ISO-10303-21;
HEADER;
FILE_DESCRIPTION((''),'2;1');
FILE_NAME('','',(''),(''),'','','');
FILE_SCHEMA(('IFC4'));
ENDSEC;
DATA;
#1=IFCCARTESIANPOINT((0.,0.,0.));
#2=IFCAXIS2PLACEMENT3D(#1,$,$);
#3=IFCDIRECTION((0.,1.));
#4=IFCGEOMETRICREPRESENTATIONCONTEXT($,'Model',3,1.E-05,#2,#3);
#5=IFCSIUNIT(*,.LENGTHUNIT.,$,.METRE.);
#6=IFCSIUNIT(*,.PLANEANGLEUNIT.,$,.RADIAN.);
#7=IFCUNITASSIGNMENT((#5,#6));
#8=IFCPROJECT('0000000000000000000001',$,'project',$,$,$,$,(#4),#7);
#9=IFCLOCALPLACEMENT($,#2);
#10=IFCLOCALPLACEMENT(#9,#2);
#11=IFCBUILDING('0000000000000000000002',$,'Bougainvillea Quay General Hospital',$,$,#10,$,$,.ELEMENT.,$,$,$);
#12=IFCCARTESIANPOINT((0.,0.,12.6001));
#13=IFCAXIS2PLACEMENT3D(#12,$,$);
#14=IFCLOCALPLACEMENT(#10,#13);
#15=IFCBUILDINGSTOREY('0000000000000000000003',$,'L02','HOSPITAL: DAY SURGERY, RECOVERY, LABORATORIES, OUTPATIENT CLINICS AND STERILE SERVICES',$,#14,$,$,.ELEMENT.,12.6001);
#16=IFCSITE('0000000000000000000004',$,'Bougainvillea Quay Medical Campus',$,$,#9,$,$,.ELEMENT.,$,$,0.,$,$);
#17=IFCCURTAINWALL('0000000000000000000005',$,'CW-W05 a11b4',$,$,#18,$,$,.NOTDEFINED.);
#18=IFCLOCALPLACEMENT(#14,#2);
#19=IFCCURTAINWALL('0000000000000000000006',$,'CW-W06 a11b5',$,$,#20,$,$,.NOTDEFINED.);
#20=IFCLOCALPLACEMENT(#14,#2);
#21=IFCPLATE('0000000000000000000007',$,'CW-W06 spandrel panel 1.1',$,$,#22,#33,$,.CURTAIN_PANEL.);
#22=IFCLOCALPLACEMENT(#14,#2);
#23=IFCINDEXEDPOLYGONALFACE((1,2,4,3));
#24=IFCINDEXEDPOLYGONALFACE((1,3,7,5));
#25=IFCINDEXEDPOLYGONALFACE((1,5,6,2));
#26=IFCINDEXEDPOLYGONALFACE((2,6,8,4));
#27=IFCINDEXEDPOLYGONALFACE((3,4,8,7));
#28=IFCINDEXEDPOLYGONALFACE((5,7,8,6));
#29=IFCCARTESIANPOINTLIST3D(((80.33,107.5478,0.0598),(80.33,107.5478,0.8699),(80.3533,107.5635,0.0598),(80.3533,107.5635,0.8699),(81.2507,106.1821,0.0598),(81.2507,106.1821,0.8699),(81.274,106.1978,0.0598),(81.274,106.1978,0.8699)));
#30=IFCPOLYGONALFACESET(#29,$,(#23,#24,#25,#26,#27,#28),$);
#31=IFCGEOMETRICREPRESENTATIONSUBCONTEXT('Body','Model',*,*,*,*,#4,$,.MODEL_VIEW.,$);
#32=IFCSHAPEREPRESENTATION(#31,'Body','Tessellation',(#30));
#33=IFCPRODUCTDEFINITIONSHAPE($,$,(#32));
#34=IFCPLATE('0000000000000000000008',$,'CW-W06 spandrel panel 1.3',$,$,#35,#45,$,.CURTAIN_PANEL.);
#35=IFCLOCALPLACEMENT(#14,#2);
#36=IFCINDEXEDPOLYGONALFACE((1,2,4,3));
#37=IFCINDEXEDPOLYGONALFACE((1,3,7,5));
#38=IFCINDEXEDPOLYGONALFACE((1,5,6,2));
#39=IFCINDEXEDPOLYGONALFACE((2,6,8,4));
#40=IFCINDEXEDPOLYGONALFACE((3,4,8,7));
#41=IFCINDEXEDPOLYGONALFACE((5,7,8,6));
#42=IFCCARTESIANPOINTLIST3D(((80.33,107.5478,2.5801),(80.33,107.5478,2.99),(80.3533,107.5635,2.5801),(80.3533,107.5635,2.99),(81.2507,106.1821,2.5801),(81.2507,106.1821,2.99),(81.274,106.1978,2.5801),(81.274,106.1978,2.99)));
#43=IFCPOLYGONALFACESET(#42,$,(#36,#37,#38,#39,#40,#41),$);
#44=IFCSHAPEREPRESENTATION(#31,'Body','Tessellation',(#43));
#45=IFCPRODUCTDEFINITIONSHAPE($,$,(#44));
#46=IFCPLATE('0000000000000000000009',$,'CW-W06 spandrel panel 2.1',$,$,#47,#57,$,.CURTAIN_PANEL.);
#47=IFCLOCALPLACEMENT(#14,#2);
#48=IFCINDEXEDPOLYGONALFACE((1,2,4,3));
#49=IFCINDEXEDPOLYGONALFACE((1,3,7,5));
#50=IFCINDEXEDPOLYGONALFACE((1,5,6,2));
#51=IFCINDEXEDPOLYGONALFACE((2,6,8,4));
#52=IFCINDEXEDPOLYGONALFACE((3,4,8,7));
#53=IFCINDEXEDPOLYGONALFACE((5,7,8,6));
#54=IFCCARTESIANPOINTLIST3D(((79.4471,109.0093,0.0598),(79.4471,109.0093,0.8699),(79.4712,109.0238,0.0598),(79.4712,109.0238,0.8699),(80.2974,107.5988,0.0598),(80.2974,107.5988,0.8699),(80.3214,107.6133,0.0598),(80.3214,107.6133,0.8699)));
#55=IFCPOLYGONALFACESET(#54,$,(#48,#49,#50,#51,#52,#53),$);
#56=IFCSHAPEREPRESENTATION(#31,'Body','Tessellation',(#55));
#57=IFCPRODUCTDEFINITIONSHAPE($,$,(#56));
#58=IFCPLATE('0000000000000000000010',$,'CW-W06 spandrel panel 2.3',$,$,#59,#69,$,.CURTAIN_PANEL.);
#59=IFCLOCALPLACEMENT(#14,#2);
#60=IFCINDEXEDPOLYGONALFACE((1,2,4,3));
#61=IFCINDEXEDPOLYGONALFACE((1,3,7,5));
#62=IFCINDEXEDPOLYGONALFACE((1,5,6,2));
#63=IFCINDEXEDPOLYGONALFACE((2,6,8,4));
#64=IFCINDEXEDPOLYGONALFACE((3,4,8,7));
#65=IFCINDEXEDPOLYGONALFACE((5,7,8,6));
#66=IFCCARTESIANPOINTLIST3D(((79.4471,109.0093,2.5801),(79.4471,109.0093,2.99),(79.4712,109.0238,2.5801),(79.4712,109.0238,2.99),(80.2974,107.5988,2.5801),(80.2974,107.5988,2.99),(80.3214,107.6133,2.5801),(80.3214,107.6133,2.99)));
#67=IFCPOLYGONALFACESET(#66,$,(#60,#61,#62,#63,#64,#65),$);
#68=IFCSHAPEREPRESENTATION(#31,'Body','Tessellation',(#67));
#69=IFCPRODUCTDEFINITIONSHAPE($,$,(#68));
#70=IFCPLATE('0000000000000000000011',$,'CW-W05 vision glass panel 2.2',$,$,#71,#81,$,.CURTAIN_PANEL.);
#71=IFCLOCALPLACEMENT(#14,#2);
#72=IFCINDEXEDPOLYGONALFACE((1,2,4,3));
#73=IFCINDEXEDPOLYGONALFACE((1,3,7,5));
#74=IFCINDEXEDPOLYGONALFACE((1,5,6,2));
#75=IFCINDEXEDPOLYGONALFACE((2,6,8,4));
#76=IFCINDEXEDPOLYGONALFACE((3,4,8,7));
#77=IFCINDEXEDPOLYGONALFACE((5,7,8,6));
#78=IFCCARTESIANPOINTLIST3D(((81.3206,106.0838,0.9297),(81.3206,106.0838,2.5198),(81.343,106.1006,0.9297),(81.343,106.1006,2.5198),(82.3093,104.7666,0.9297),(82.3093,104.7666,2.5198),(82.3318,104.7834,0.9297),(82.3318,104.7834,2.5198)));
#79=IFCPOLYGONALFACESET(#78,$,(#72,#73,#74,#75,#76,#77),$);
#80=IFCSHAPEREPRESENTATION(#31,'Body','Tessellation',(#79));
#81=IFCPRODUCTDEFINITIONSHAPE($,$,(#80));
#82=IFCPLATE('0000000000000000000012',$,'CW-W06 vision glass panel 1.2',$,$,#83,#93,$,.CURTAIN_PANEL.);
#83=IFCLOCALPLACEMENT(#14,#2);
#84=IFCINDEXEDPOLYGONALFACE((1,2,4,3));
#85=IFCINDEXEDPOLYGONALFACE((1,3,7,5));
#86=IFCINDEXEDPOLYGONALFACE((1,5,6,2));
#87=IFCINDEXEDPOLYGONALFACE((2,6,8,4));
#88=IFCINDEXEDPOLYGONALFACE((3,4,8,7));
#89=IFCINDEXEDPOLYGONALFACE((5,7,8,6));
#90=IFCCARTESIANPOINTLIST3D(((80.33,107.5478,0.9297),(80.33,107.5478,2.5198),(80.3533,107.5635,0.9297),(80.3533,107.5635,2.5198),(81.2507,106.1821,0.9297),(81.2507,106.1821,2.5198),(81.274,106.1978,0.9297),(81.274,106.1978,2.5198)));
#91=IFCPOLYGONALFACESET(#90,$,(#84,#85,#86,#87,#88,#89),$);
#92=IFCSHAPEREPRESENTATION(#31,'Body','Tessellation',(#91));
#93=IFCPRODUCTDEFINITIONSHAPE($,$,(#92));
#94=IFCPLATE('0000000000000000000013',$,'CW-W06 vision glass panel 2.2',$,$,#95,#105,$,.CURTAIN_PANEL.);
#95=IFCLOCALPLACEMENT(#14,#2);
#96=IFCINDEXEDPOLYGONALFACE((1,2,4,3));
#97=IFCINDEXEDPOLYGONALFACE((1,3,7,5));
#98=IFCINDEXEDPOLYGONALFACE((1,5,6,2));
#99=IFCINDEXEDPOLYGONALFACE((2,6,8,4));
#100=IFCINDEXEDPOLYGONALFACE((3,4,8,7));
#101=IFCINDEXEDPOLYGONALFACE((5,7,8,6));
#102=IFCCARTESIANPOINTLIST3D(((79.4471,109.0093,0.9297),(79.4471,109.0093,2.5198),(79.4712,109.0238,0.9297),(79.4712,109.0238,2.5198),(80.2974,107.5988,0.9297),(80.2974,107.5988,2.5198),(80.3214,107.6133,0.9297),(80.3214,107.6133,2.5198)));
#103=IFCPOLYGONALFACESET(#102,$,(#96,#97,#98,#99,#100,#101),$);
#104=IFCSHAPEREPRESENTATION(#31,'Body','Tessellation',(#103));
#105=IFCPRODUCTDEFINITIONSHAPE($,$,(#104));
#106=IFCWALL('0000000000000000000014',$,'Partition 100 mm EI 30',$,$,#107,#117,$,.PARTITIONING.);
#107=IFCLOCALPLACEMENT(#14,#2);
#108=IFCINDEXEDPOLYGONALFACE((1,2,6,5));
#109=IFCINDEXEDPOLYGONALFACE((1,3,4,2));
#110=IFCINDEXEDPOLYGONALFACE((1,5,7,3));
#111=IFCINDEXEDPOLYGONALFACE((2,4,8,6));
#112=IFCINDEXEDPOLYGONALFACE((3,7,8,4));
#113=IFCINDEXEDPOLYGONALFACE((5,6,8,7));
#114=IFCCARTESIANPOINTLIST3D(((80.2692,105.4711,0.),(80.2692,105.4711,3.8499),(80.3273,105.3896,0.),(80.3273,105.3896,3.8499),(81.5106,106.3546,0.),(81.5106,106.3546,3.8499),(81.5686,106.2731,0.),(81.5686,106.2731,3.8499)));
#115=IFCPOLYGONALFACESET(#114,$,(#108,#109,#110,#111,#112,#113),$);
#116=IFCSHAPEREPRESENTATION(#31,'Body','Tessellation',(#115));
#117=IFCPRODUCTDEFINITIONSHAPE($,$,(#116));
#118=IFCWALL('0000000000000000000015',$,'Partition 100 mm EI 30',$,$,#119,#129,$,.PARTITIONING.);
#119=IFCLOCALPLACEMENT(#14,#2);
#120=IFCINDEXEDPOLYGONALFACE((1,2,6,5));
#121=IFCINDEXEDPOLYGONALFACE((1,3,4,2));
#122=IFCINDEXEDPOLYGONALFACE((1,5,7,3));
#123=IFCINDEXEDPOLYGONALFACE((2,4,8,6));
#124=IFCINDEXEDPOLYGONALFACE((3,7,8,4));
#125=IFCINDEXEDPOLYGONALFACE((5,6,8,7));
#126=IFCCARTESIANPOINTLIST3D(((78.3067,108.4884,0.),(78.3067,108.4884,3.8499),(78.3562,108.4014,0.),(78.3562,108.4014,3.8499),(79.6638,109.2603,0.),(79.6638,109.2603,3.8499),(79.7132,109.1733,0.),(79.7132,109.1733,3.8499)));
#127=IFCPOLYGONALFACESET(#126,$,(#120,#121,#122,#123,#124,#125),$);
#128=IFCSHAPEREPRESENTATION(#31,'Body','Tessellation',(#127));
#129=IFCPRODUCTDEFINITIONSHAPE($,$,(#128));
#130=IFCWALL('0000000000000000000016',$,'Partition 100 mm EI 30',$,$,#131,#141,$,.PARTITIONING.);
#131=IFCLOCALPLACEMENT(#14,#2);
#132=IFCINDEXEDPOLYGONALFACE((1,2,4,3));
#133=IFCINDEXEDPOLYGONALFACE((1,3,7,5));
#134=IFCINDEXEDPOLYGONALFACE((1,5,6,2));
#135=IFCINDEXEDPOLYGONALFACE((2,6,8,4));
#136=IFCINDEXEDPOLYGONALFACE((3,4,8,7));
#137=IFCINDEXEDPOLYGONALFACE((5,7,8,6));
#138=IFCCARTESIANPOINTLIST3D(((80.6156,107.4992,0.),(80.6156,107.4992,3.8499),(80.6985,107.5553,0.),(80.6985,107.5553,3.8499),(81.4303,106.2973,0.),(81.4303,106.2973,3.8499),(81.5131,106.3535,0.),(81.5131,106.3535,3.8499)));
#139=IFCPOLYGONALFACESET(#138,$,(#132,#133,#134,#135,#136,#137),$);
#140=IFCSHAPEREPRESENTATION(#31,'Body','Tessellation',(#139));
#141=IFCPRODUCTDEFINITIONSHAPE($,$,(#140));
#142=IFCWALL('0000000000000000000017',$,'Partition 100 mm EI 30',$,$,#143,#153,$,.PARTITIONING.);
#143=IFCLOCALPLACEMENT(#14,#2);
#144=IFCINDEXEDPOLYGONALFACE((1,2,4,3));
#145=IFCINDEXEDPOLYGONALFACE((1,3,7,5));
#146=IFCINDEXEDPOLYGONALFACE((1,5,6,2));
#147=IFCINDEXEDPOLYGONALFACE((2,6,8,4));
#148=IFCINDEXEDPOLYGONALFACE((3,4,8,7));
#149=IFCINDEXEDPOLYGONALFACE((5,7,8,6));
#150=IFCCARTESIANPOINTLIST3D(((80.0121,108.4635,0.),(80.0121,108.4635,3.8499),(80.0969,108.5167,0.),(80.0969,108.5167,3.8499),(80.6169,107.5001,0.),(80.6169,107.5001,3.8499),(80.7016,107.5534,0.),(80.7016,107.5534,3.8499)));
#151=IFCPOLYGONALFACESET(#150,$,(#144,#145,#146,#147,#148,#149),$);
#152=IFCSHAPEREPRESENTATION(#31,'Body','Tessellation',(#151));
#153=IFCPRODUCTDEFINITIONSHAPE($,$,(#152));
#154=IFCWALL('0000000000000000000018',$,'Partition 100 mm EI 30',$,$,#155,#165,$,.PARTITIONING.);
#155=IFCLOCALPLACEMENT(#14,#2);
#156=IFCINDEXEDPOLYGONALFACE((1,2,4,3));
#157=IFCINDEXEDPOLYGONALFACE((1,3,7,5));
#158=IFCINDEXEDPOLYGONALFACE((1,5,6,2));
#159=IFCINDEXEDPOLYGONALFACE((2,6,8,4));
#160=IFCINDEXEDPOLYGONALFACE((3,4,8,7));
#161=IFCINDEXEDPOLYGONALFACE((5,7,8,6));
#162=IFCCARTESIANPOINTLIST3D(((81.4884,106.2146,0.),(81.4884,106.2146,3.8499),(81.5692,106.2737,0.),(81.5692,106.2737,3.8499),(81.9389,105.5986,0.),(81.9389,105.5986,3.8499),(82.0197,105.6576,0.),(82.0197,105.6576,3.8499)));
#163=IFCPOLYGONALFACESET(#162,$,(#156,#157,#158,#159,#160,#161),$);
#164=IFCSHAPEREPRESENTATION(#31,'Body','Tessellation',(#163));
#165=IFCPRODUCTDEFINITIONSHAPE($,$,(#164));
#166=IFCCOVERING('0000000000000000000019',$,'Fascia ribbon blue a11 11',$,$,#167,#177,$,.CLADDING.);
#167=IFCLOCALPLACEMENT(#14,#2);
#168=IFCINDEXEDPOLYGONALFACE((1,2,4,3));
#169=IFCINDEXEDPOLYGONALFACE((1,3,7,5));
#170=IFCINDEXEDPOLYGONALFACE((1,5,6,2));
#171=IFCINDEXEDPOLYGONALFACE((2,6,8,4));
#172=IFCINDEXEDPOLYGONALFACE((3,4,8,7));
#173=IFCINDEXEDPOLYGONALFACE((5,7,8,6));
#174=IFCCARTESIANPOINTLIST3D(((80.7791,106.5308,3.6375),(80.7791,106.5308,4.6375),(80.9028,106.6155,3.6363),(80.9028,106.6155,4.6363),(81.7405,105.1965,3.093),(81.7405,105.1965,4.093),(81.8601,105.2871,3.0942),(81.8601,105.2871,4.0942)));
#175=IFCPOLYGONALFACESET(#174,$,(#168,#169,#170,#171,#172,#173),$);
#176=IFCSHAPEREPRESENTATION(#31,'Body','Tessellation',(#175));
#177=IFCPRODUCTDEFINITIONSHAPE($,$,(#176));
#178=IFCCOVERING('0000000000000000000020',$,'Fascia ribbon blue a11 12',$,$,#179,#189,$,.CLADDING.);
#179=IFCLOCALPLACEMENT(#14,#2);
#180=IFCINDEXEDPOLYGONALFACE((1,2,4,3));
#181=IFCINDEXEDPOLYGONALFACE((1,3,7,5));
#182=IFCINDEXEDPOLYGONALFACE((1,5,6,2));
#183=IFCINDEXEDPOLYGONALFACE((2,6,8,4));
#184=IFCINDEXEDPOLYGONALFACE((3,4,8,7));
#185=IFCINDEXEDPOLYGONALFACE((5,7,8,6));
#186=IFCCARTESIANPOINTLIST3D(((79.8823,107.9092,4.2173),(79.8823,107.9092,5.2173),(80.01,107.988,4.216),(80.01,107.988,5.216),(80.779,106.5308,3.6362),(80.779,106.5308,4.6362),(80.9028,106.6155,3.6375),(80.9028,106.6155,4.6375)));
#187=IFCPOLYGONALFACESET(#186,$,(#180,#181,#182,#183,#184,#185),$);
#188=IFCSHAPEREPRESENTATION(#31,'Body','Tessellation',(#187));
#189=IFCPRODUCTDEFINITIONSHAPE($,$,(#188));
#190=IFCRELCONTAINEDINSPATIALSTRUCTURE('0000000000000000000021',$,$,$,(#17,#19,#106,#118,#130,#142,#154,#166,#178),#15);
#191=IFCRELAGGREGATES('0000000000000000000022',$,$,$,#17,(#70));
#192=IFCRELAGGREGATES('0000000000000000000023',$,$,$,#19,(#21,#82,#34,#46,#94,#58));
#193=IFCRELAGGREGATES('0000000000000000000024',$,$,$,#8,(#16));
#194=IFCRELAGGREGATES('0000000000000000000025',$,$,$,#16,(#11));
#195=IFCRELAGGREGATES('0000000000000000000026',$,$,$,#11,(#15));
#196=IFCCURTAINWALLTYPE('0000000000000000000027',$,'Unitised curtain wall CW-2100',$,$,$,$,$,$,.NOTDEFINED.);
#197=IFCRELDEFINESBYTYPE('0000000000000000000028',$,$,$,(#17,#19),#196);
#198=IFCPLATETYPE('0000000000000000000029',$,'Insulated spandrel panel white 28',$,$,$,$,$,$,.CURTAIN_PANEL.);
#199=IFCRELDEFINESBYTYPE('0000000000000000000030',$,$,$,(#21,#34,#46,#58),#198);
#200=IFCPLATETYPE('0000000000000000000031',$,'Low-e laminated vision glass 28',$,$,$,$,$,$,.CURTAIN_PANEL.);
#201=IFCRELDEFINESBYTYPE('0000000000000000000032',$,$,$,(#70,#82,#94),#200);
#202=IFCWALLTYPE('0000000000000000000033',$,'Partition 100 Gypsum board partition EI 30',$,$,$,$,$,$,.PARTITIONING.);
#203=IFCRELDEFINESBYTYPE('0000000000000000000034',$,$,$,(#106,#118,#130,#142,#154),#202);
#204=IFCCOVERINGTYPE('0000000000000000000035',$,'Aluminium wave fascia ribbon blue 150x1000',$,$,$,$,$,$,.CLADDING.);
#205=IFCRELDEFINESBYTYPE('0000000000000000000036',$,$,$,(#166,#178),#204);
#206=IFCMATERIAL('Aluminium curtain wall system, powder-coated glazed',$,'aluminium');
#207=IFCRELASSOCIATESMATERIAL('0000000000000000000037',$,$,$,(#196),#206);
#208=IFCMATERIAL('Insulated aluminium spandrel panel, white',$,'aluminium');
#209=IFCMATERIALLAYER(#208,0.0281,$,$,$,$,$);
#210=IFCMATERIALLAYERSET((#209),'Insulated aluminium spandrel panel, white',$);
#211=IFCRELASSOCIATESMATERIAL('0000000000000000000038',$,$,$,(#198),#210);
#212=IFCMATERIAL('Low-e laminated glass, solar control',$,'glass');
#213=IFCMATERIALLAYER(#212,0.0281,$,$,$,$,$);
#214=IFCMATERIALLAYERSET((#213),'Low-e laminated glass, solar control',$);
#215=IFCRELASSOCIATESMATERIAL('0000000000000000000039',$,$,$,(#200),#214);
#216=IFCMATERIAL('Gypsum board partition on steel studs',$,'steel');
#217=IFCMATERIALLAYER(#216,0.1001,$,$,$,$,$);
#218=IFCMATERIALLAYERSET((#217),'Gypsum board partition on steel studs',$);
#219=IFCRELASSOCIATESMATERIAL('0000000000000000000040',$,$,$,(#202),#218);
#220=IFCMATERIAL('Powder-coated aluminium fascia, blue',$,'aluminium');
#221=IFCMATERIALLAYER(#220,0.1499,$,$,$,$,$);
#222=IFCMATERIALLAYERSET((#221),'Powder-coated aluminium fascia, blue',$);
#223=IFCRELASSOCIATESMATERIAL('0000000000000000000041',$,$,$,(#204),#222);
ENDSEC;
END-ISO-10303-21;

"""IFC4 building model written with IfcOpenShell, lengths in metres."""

from ifc_helpers import new_model, si_unit, direction, frame, frame_2d, origin, origin_2d, place, context, subcontext, project, spatial, polyline, rectangle, outline, extrude, material, layer, layer_set, type_object, element, aggregate, save


model = new_model("IFC4")

# Units and contexts
model_context = context("Model", 3, precision=1e-05, world=origin(), true_north=direction((0.0, 1.0)))
body_context = subcontext(model_context, "Body", "Model", "MODEL_VIEW")
ifc_project = project(units=[si_unit("LENGTHUNIT", "METRE"), si_unit("PLANEANGLEUNIT", "RADIAN")], contexts=[model_context])

# Site, building, storey
site_placement = place(None, origin())
site = spatial("IfcSite", under=ifc_project, at=site_placement, Name="Bougainvillea Quay Medical Campus", CompositionType="ELEMENT", RefElevation=0.0)
building_placement = place(site_placement, origin())
building = spatial("IfcBuilding", under=site, at=building_placement, Name="Bougainvillea Quay General Hospital", CompositionType="ELEMENT")
storey_placement = place(building_placement, frame((0.0, 0.0, 12.6001)))
storey = spatial("IfcBuildingStorey", under=building, at=storey_placement, Name="L02", Description="HOSPITAL: DAY SURGERY, RECOVERY, LABORATORIES, OUTPATIENT CLINICS AND STERILE SERVICES", CompositionType="ELEMENT", Elevation=12.6001)

# Curtain wall
ifc_material_1 = material(Name="Aluminium curtain wall system, powder-coated glazed", Category="aluminium")
curtain_wall_type = type_object("IfcCurtainWallType", Name="Unitised curtain wall CW-2100", PredefinedType="NOTDEFINED", material=ifc_material_1)
curtain_wall_1_placement = place(storey_placement, origin())
curtain_wall_1 = element("IfcCurtainWall", 1, at=curtain_wall_1_placement, inside=storey, type_object=curtain_wall_type, Name="CW-W05 a11b4", PredefinedType="NOTDEFINED")

# Curtain wall
curtain_wall_2_placement = place(storey_placement, origin())
curtain_wall_2 = element("IfcCurtainWall", 2, at=curtain_wall_2_placement, inside=storey, type_object=curtain_wall_type, Name="CW-W06 a11b5", PredefinedType="NOTDEFINED")

# Plates
ifc_material_2 = material(Name="Insulated aluminium spandrel panel, white", Category="aluminium")
ifc_layer_1 = layer(ifc_material_2, 0.0281)
ifc_layer_set_1 = layer_set([ifc_layer_1], Name="Insulated aluminium spandrel panel, white")
plate_type_1 = type_object("IfcPlateType", Name="Insulated spandrel panel white 28", PredefinedType="CURTAIN_PANEL", material=ifc_layer_set_1)
plate_1_placement = place(storey_placement, frame((80.802, 106.8728, 0.0598), z_axis=(0.0, 0.0, 1.0), x_axis=(-0.559005, 0.829164, 0.0)))
plate_1 = element("IfcPlate", 3, at=plate_1_placement, type_object=plate_type_1, Name="CW-W06 spandrel panel 1.1", PredefinedType="CURTAIN_PANEL", context=body_context, shape_type="SweptSolid", body=[
    extrude(rectangle(XDim=1.647, YDim=0.0281, at=origin_2d()), origin(), (0.0, 0.0, 1.0), 0.8101),
])
plate_2_placement = place(storey_placement, frame((80.802, 106.8728, 2.5801), z_axis=(0.0, 0.0, 1.0), x_axis=(-0.559005, 0.829164, 0.0)))
plate_2 = element("IfcPlate", 4, at=plate_2_placement, type_object=plate_type_1, Name="CW-W06 spandrel panel 1.3", PredefinedType="CURTAIN_PANEL", context=body_context, shape_type="SweptSolid", body=[
    extrude(rectangle(XDim=1.647, YDim=0.0281, at=origin_2d()), origin(), (0.0, 0.0, 1.0), 0.4099),
])
plate_3_placement = place(storey_placement, frame((79.8843, 108.3113, 0.0598), z_axis=(0.0, 0.0, 1.0), x_axis=(-0.516249, 0.856438, 0.0)))
plate_3 = element("IfcPlate", 5, at=plate_3_placement, type_object=plate_type_1, Name="CW-W06 spandrel panel 2.1", PredefinedType="CURTAIN_PANEL", context=body_context, shape_type="SweptSolid", body=[
    extrude(rectangle(XDim=1.647, YDim=0.0281, at=origin_2d()), origin(), (0.0, 0.0, 1.0), 0.8101),
])
plate_4_placement = place(storey_placement, frame((79.8843, 108.3113, 2.5801), z_axis=(0.0, 0.0, 1.0), x_axis=(-0.516249, 0.856438, 0.0)))
plate_4 = element("IfcPlate", 6, at=plate_4_placement, type_object=plate_type_1, Name="CW-W06 spandrel panel 2.3", PredefinedType="CURTAIN_PANEL", context=body_context, shape_type="SweptSolid", body=[
    extrude(rectangle(XDim=1.647, YDim=0.0281, at=origin_2d()), origin(), (0.0, 0.0, 1.0), 0.4099),
])
ifc_material_3 = material(Name="Low-e laminated glass, solar control", Category="glass")
ifc_layer_2 = layer(ifc_material_3, 0.0281)
ifc_layer_set_2 = layer_set([ifc_layer_2], Name="Low-e laminated glass, solar control")
plate_type_2 = type_object("IfcPlateType", Name="Low-e laminated vision glass 28", PredefinedType="CURTAIN_PANEL", material=ifc_layer_set_2)
plate_5_placement = place(storey_placement, frame((81.8262, 105.4336, 0.9297), z_axis=(0.0, 0.0, 1.0), x_axis=(-0.600323, 0.799758, 0.0)))
plate_5 = element("IfcPlate", 7, at=plate_5_placement, type_object=plate_type_2, Name="CW-W05 vision glass panel 2.2", PredefinedType="CURTAIN_PANEL", context=body_context, shape_type="SweptSolid", body=[
    extrude(rectangle(XDim=1.647, YDim=0.0281, at=origin_2d()), origin(), (0.0, 0.0, 1.0), 1.5901),
])
aggregate(curtain_wall_1, [plate_5])
plate_6_placement = place(storey_placement, frame((80.802, 106.8728, 0.9297), z_axis=(0.0, 0.0, 1.0), x_axis=(-0.559005, 0.829164, 0.0)))
plate_6 = element("IfcPlate", 8, at=plate_6_placement, type_object=plate_type_2, Name="CW-W06 vision glass panel 1.2", PredefinedType="CURTAIN_PANEL", context=body_context, shape_type="SweptSolid", body=[
    extrude(rectangle(XDim=1.647, YDim=0.0281, at=origin_2d()), origin(), (0.0, 0.0, 1.0), 1.5901),
])
plate_7_placement = place(storey_placement, frame((79.8843, 108.3113, 0.9297), z_axis=(0.0, 0.0, 1.0), x_axis=(-0.516249, 0.856438, 0.0)))
plate_7 = element("IfcPlate", 9, at=plate_7_placement, type_object=plate_type_2, Name="CW-W06 vision glass panel 2.2", PredefinedType="CURTAIN_PANEL", context=body_context, shape_type="SweptSolid", body=[
    extrude(rectangle(XDim=1.647, YDim=0.0281, at=origin_2d()), origin(), (0.0, 0.0, 1.0), 1.5901),
])
aggregate(curtain_wall_2, [plate_1, plate_6, plate_2, plate_3, plate_7, plate_4])

# Walls
ifc_material_4 = material(Name="Gypsum board partition on steel studs", Category="steel")
ifc_layer_3 = layer(ifc_material_4, 0.1001)
ifc_layer_set_3 = layer_set([ifc_layer_3], Name="Gypsum board partition on steel studs")
wall_type = type_object("IfcWallType", Name="Partition 100 Gypsum board partition EI 30", PredefinedType="PARTITIONING", material=ifc_layer_set_3)
wall_1_placement = place(storey_placement, frame((80.2983, 105.4304, 0.0), z_axis=(0.0, 0.0, 1.0), x_axis=(0.814728, 0.579843, 0.0)))
element("IfcWall", 10, at=wall_1_placement, inside=storey, type_object=wall_type, Name="Partition 100 mm EI 30", PredefinedType="PARTITIONING", context=body_context, shape_type="SweptSolid", body=[
    extrude(rectangle(XDim=1.5237, YDim=0.1001, at=frame_2d((0.7617, 0.0))), origin(), (0.0, 0.0, 1.0), 3.8499),
])
wall_2_placement = place(storey_placement, frame((78.3313, 108.4448, 0.0), z_axis=(0.0, 0.0, 1.0), x_axis=(0.869223, 0.49442, 0.0)))
element("IfcWall", 11, at=wall_2_placement, inside=storey, type_object=wall_type, Name="Partition 100 mm EI 30", PredefinedType="PARTITIONING", context=body_context, shape_type="SweptSolid", body=[
    extrude(rectangle(XDim=1.5613, YDim=0.1001, at=frame_2d((0.7808, 0.0))), origin(), (0.0, 0.0, 1.0), 3.8499),
])
wall_3_placement = place(storey_placement, frame((80.657, 107.5273, 0.0), z_axis=(0.0, 0.0, 1.0), x_axis=(0.561086, -0.827757, 0.0)))
element("IfcWall", 12, at=wall_3_placement, inside=storey, type_object=wall_type, Name="Partition 100 mm EI 30", PredefinedType="PARTITIONING", context=body_context, shape_type="SweptSolid", body=[
    extrude(rectangle(XDim=1.4519, YDim=0.1001, at=frame_2d((0.7261, 0.0))), origin(), (0.0, 0.0, 1.0), 3.8499),
])
wall_4_placement = place(storey_placement, frame((80.0544, 108.4902, 0.0), z_axis=(0.0, 0.0, 1.0), x_axis=(0.531657, -0.84696, 0.0)))
element("IfcWall", 13, at=wall_4_placement, inside=storey, type_object=wall_type, Name="Partition 100 mm EI 30", PredefinedType="PARTITIONING", context=body_context, shape_type="SweptSolid", body=[
    extrude(rectangle(XDim=1.1375, YDim=0.1001, at=frame_2d((0.5688, 0.0))), origin(), (0.0, 0.0, 1.0), 3.8499),
])
wall_5_placement = place(storey_placement, frame((81.5288, 106.2441, 0.0), z_axis=(0.0, 0.0, 1.0), x_axis=(0.590281, -0.807198, 0.0)))
element("IfcWall", 14, at=wall_5_placement, inside=storey, type_object=wall_type, Name="Partition 100 mm EI 30", PredefinedType="PARTITIONING", context=body_context, shape_type="SweptSolid", body=[
    extrude(rectangle(XDim=0.7632, YDim=0.1001, at=frame_2d((0.3816, 0.0))), origin(), (0.0, 0.0, 1.0), 3.8499),
])

# Coverings
ifc_material_5 = material(Name="Powder-coated aluminium fascia, blue", Category="aluminium")
ifc_layer_4 = layer(ifc_material_5, 0.1499)
ifc_layer_set_4 = layer_set([ifc_layer_4], Name="Powder-coated aluminium fascia, blue")
covering_type = type_object("IfcCoveringType", Name="Aluminium wave fascia ribbon blue 150x1000", PredefinedType="CLADDING", material=ifc_layer_set_4)
covering_1_placement = place(storey_placement, frame((81.8601, 105.2871, 3.0942), z_axis=(0.183653, -0.255017, 0.949336), x_axis=(-0.555026, 0.770185, 0.314264)))
element("IfcCovering", 15, at=covering_1_placement, inside=storey, type_object=covering_type, Name="Fascia ribbon blue a11 11", PredefinedType="CLADDING", context=body_context, shape_type="SweptSolid", body=[
    extrude(outline(polyline([(0.0, 0.0), (1.7247, 0.0), (1.7286, 0.15), (-0.0037, 0.15), (0.0, 0.0)])), origin(), (0.314264, -0.000094, 0.949336), 1.0),
])
covering_2_placement = place(storey_placement, frame((80.9028, 106.6155, 3.6375), z_axis=(0.18167, -0.279284, 0.942866), x_axis=(-0.514118, 0.790367, 0.333172)))
element("IfcCovering", 16, at=covering_2_placement, inside=storey, type_object=covering_type, Name="Fascia ribbon blue a11 12", PredefinedType="CLADDING", context=body_context, shape_type="SweptSolid", body=[
    extrude(outline(polyline([(0.0, 0.0), (1.7366, 0.0), (1.7403, 0.15), (-0.0037, 0.15), (0.0, 0.0)])), origin(), (0.333172, 0.000001, 0.942866), 1.0),
])

save(model, "model.ifc")
